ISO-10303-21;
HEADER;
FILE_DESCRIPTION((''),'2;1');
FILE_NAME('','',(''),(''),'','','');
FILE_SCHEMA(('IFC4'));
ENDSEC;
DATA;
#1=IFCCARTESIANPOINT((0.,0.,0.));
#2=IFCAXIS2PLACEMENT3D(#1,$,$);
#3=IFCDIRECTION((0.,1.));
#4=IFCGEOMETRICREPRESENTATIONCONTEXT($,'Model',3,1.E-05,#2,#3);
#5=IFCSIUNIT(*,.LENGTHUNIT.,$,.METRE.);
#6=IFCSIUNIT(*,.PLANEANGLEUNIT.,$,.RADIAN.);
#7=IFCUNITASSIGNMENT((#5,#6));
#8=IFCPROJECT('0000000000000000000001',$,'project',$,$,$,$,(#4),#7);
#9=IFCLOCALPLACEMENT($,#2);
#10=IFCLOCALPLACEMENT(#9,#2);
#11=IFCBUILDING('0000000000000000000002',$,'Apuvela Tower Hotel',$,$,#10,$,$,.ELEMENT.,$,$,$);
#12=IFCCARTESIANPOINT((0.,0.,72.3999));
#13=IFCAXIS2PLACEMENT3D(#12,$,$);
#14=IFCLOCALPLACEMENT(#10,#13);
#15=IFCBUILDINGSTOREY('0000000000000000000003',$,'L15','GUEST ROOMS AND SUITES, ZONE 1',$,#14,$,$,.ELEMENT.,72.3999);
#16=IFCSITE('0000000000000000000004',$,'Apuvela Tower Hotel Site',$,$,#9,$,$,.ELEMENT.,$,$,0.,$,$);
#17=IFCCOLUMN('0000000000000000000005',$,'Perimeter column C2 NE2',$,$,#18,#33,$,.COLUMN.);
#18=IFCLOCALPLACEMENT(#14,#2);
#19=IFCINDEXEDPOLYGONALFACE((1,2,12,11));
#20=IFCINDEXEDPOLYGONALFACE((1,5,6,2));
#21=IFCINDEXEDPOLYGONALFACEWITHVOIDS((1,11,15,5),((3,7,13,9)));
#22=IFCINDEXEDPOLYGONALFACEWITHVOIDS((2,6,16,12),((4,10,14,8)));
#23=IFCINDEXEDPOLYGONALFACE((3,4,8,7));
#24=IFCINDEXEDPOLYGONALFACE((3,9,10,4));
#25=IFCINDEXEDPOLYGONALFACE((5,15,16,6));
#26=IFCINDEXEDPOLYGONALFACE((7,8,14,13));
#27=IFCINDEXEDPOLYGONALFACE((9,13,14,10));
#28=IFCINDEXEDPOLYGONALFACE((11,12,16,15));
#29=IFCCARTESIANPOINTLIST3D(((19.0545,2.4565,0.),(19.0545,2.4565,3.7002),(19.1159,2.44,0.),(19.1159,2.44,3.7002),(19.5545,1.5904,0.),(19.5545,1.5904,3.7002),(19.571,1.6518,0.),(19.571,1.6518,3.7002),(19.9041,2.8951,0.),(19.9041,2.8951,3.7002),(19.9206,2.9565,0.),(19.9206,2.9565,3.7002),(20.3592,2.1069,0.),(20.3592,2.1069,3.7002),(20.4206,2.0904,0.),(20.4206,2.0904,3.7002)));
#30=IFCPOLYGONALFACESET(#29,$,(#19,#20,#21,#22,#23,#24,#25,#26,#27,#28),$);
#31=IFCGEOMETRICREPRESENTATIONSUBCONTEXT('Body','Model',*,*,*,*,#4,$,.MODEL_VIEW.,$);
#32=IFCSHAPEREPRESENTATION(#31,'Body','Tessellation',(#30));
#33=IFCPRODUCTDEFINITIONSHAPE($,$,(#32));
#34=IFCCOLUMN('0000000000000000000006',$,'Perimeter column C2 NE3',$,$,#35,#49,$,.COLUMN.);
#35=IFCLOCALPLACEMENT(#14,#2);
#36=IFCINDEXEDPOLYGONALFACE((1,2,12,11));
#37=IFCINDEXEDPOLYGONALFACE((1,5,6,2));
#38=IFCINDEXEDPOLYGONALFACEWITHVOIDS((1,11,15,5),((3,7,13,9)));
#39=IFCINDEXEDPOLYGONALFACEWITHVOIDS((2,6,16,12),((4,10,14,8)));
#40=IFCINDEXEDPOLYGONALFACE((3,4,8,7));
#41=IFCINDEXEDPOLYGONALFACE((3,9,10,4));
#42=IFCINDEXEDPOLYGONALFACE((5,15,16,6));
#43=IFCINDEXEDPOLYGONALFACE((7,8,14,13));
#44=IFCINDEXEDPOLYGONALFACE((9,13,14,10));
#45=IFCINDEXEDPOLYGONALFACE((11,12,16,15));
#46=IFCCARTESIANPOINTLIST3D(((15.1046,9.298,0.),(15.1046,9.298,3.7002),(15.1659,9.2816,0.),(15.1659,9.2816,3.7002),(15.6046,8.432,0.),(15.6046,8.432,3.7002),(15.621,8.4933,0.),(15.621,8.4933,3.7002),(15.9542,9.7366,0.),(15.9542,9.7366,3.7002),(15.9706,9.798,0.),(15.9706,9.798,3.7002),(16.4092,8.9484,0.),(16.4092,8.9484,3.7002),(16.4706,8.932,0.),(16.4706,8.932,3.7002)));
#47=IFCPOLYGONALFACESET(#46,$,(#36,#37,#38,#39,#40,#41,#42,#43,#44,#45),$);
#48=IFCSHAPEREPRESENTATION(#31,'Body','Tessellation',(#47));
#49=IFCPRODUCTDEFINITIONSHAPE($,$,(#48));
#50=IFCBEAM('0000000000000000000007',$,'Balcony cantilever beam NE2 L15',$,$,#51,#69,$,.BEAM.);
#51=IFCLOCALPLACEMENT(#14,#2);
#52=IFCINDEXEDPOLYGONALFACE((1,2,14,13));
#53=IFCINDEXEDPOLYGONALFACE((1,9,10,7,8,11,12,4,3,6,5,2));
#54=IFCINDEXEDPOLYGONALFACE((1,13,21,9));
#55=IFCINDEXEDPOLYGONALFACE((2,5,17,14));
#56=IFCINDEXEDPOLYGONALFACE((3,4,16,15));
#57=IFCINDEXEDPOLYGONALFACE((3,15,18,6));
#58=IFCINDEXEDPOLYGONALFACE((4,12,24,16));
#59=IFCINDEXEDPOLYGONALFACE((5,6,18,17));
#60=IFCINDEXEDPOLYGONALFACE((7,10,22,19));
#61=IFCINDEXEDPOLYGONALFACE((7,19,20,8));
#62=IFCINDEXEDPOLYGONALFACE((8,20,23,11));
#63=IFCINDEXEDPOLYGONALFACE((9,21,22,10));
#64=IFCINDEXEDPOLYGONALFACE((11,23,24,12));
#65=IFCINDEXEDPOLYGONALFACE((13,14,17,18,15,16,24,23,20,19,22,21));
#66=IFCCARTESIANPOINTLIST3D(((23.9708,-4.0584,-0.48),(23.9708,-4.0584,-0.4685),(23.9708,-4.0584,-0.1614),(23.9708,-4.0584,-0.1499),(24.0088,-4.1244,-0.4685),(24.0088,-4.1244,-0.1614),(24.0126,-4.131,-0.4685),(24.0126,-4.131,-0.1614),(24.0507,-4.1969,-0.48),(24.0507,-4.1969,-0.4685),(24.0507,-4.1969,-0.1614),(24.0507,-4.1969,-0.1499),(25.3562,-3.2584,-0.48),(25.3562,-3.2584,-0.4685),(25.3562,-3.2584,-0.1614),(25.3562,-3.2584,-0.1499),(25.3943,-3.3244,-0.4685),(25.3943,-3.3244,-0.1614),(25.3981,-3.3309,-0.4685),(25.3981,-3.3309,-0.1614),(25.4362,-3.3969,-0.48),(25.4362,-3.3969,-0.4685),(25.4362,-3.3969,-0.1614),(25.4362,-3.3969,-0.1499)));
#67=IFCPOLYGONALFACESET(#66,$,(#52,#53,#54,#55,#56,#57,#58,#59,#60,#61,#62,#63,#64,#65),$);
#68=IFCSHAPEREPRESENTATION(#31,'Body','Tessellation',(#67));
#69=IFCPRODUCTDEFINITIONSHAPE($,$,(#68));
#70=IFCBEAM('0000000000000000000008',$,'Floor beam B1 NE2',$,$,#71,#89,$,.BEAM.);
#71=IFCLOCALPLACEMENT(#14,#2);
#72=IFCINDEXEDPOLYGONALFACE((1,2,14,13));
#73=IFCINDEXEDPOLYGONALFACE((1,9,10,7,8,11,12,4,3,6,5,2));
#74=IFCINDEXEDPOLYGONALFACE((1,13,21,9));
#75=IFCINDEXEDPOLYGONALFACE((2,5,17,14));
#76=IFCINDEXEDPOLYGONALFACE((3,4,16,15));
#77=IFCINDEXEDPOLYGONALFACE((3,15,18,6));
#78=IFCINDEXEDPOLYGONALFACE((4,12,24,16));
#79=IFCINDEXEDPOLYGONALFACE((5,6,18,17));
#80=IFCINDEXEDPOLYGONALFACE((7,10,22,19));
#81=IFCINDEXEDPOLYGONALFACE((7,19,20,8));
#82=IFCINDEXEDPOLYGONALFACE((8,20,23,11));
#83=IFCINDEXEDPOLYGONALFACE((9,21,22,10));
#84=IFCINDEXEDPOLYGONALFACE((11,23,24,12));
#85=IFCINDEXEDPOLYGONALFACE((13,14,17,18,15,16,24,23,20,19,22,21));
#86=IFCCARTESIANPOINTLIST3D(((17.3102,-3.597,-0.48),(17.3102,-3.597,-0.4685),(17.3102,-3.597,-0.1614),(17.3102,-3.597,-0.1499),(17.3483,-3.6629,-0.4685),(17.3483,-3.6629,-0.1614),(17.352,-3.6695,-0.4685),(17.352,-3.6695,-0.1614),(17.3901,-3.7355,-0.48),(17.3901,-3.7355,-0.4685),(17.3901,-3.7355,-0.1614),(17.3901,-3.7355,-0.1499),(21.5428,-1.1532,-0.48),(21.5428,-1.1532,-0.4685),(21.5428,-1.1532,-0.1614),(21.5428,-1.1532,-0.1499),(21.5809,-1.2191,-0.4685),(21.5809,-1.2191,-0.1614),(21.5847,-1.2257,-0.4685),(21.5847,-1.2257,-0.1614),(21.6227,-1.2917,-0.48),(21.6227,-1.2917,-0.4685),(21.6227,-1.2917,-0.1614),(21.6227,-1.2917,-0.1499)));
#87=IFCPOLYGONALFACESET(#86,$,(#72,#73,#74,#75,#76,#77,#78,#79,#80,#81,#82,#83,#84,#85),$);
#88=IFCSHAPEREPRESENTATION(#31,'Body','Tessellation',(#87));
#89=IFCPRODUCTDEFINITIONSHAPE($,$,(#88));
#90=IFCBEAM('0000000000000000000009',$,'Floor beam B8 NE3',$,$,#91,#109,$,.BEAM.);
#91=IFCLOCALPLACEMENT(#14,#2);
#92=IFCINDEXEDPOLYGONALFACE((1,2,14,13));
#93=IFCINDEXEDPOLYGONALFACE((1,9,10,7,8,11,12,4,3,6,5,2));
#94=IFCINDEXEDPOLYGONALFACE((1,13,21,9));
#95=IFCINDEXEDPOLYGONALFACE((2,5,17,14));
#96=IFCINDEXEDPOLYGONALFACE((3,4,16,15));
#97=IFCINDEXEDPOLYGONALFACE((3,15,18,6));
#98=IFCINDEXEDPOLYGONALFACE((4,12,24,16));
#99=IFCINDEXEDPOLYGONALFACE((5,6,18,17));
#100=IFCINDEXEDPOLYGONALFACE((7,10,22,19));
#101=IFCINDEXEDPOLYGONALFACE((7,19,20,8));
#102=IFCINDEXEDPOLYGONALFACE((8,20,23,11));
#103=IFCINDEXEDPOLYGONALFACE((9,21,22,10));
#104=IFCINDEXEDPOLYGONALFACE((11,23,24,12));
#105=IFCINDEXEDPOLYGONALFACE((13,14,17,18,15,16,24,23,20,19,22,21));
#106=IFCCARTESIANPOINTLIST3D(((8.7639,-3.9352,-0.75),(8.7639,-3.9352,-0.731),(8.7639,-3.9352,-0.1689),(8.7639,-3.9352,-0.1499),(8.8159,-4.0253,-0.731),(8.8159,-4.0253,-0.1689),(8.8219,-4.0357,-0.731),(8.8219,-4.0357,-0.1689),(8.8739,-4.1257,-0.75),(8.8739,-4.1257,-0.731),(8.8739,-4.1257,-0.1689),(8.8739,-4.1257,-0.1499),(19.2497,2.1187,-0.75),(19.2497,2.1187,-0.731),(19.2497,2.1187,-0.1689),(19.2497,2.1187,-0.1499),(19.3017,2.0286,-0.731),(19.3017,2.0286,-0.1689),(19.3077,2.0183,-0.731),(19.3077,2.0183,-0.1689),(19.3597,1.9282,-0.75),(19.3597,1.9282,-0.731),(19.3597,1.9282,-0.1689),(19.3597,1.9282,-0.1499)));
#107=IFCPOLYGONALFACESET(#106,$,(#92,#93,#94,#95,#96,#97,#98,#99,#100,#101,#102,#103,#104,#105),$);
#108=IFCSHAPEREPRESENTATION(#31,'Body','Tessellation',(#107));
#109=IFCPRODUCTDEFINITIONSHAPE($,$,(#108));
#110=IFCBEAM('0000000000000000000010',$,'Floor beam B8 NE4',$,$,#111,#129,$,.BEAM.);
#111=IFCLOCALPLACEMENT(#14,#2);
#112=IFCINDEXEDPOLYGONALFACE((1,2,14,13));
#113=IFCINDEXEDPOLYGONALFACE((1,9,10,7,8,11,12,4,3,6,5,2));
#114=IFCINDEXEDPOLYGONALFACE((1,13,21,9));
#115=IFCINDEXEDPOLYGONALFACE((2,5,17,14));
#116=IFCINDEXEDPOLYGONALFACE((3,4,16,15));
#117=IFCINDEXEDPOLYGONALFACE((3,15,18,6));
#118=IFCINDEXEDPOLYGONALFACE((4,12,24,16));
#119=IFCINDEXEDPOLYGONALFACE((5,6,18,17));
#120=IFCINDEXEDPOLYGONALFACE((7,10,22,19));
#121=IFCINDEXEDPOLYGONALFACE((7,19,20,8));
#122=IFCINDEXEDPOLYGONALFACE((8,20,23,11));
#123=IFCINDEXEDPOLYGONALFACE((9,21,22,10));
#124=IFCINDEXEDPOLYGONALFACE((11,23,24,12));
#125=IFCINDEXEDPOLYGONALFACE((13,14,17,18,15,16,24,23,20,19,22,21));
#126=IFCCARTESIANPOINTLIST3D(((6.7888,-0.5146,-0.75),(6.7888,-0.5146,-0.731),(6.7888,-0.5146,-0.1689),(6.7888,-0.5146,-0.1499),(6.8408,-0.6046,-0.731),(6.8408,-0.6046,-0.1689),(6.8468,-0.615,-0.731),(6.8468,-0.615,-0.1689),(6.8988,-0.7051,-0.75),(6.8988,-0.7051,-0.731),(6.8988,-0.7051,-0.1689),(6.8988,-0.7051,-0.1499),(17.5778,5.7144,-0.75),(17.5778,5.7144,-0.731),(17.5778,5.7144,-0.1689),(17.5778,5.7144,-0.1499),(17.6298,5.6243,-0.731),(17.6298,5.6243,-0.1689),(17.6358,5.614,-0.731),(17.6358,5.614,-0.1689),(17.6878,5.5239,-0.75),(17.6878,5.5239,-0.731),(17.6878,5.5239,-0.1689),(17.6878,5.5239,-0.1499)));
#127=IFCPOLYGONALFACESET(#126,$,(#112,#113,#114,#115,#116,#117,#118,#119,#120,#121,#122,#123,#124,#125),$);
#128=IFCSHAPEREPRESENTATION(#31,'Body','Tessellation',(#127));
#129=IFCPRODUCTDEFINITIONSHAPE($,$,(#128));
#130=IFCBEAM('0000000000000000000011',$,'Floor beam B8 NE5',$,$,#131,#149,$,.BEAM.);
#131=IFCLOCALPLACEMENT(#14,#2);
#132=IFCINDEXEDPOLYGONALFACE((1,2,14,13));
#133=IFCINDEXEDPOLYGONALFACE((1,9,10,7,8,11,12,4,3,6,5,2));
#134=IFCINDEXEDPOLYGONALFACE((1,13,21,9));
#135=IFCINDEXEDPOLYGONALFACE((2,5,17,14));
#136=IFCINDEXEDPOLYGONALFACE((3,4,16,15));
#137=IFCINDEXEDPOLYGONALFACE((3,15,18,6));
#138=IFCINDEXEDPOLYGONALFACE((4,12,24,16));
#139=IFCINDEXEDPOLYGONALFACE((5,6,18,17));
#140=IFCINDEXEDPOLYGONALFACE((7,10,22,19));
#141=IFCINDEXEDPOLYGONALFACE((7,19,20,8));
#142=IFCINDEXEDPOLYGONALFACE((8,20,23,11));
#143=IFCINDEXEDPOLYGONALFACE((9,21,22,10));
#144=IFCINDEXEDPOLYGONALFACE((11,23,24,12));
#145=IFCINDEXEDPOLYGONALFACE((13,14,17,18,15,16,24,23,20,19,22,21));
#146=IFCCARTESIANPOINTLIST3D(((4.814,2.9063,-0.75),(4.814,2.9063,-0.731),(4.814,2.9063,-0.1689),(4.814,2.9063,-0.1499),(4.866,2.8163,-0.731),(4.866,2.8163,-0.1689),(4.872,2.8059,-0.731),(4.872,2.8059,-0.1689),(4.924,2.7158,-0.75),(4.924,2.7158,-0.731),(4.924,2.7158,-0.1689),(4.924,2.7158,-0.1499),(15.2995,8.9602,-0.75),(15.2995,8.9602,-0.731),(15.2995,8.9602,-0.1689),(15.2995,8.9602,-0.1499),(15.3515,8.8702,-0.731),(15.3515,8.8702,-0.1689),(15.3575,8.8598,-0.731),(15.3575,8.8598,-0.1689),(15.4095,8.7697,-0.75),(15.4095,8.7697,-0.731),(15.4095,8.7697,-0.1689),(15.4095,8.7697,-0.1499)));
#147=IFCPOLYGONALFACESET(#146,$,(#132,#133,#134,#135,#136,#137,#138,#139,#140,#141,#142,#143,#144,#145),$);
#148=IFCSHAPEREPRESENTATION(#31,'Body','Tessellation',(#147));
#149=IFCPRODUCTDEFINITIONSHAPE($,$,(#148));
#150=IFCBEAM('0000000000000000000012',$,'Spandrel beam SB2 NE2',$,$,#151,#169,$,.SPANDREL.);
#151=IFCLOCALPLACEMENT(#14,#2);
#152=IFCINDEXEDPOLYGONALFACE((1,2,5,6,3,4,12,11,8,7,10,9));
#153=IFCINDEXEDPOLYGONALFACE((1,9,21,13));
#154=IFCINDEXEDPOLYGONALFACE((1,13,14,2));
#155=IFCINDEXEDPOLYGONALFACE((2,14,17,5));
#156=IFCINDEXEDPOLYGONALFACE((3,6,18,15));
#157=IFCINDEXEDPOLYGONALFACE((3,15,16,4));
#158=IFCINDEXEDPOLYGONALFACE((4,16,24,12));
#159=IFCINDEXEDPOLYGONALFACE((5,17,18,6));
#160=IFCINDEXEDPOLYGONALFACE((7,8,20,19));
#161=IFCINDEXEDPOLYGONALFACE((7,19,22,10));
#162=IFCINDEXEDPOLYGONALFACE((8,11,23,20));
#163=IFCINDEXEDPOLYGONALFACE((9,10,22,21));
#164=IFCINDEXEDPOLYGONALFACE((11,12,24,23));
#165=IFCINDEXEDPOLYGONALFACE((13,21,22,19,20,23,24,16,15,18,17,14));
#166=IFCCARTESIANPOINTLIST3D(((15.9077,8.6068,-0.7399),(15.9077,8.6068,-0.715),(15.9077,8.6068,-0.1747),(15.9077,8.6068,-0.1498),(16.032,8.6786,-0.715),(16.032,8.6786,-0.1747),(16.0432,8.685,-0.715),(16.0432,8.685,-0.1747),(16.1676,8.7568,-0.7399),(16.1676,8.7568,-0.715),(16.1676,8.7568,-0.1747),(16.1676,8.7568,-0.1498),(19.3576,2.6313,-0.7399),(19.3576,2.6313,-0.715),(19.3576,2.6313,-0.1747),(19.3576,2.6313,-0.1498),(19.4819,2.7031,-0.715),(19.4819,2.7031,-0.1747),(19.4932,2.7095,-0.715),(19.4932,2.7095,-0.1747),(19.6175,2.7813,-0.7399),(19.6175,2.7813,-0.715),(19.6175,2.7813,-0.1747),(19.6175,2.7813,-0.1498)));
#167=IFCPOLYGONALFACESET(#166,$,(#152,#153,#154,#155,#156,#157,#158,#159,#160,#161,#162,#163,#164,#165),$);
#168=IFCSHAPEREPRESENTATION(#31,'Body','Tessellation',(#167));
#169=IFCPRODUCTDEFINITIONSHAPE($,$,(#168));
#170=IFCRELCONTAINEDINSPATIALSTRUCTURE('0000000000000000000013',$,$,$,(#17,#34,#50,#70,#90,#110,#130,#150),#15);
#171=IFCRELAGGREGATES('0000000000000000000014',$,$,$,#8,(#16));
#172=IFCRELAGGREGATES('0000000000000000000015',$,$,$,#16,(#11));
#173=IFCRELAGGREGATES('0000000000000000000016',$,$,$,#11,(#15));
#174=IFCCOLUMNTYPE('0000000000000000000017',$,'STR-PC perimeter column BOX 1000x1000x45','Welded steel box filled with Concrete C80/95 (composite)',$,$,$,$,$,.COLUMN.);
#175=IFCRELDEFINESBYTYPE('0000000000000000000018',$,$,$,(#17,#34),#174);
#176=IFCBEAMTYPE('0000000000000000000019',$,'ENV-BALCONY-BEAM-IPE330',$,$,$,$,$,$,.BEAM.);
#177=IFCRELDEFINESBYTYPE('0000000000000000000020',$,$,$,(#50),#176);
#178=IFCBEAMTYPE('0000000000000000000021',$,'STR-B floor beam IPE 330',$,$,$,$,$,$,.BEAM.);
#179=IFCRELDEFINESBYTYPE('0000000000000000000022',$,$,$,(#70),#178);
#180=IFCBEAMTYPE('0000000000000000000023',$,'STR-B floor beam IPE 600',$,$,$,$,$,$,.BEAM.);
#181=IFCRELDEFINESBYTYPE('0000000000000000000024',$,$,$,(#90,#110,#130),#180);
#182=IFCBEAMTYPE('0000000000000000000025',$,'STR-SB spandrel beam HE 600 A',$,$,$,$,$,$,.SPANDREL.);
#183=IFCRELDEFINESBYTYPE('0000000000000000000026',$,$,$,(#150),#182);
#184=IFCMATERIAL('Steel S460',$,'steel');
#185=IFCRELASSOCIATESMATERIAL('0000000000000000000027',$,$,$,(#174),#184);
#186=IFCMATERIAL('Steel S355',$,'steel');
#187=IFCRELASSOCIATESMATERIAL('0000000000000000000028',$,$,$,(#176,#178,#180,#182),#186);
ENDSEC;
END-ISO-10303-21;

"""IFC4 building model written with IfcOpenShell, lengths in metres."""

from ifc_helpers import new_model, si_unit, direction, frame, origin, origin_2d, place, context, subcontext, project, spatial, rectangle, hollow_rectangle, i_section, extrude, material, material_profile, profile_set, type_object, element, save


model = new_model("IFC4")

# Units and contexts
model_context = context("Model", 3, precision=1e-05, world=origin(), true_north=direction((0.0, 1.0)))
body_context = subcontext(model_context, "Body", "Model", "MODEL_VIEW")
ifc_project = project(units=[si_unit("LENGTHUNIT", "METRE"), si_unit("PLANEANGLEUNIT", "RADIAN")], contexts=[model_context])

# Site, building, storey
site_placement = place(None, origin())
site = spatial("IfcSite", under=ifc_project, at=site_placement, Name="Apuvela Tower Hotel Site", CompositionType="ELEMENT", RefElevation=0.0)
building_placement = place(site_placement, origin())
building = spatial("IfcBuilding", under=site, at=building_placement, Name="Apuvela Tower Hotel", CompositionType="ELEMENT")
storey_placement = place(building_placement, frame((0.0, 0.0, 72.3999)))
storey = spatial("IfcBuildingStorey", under=building, at=storey_placement, Name="L15", Description="GUEST ROOMS AND SUITES, ZONE 1", CompositionType="ELEMENT", Elevation=72.3999)

# Columns
ifc_material_1 = material(Name="Steel S460", Category="steel")
ifc_material_profile_1 = material_profile(ifc_material_1, hollow_rectangle(XDim=1.0, YDim=1.0, WallThickness=0.0449, at=origin_2d()), Name="BOX 1000x1000x45")
ifc_material_2 = material(Name="Concrete C80/95", Category="concrete")
ifc_material_profile_2 = material_profile(ifc_material_2, rectangle(XDim=0.9099, YDim=0.9099, at=origin_2d()), Name="Concrete C80/95 infill")
ifc_profile_set_1 = profile_set([ifc_material_profile_1, ifc_material_profile_2], Name="Steel S460")
column_type = type_object("IfcColumnType", Name="STR-PC perimeter column BOX 1000x1000x45", Description="Welded steel box filled with Concrete C80/95 (composite)", PredefinedType="COLUMN", material=ifc_profile_set_1)
for number, where, z_axis, x_axis, name in (
    (1, (19.7375, 2.2734, 0.0), (0.0, 0.0, 1.0), (-0.5, 0.866025, 0.0), "Perimeter column C2 NE2"),
    (2, (15.7876, 9.115, 0.0), (0.0, 0.0, 1.0), (-0.5, 0.866025, 0.0), "Perimeter column C2 NE3"),
):
    element("IfcColumn", number, at=place(storey_placement, frame(where, z_axis=z_axis, x_axis=x_axis)), inside=storey, type_object=column_type, Name=name, PredefinedType="COLUMN", context=body_context, shape_type="SweptSolid", body=[
        extrude(hollow_rectangle(XDim=1.0, YDim=1.0, WallThickness=0.0449, at=origin_2d()), origin(), (0.0, 0.0, 1.0), 3.7002),
    ])

# Beams
ifc_material_3 = material(Name="Steel S355", Category="steel")
ifc_material_profile_3 = material_profile(ifc_material_3, i_section(OverallWidth=0.1599, OverallDepth=0.3301, WebThickness=0.0076, FlangeThickness=0.0115, at=origin_2d()), Name="IPE 330")
ifc_profile_set_2 = profile_set([ifc_material_profile_3], Name="Steel S355")
beam_type_1 = type_object("IfcBeamType", Name="ENV-BALCONY-BEAM-IPE330", PredefinedType="BEAM", material=ifc_profile_set_2)
beam_1_placement = place(storey_placement, frame((24.0107, -4.1277, -0.3149), z_axis=(0.86599, 0.500061, 0.0), x_axis=(-0.500061, 0.86599, 0.0)))
element("IfcBeam", 3, at=beam_1_placement, inside=storey, type_object=beam_type_1, Name="Balcony cantilever beam NE2 L15", PredefinedType="BEAM", context=body_context, shape_type="SweptSolid", body=[
    extrude(i_section(OverallWidth=0.1599, OverallDepth=0.3301, WebThickness=0.0076, FlangeThickness=0.0115, at=origin_2d()), origin(), (0.0, 0.0, 1.0), 1.5999),
])
ifc_material_profile_4 = material_profile(ifc_material_3, i_section(OverallWidth=0.1599, OverallDepth=0.3301, WebThickness=0.0076, FlangeThickness=0.0115, at=origin_2d()), Name="IPE 330")
ifc_profile_set_3 = profile_set([ifc_material_profile_4], Name="Steel S355")
beam_type_2 = type_object("IfcBeamType", Name="STR-B floor beam IPE 330", PredefinedType="BEAM", material=ifc_profile_set_3)
beam_2_placement = place(storey_placement, frame((21.5828, -1.2224, -0.3149), z_axis=(-0.866015, -0.500018, 0.0), x_axis=(0.500018, -0.866015, 0.0)))
element("IfcBeam", 4, at=beam_2_placement, inside=storey, type_object=beam_type_2, Name="Floor beam B1 NE2", PredefinedType="BEAM", context=body_context, shape_type="SweptSolid", body=[
    extrude(i_section(OverallWidth=0.1599, OverallDepth=0.3301, WebThickness=0.0076, FlangeThickness=0.0115, at=origin_2d()), origin(), (0.0, 0.0, 1.0), 4.8875),
])
ifc_material_profile_5 = material_profile(ifc_material_3, i_section(OverallWidth=0.22, OverallDepth=0.6001, WebThickness=0.012, FlangeThickness=0.019, at=origin_2d()), Name="IPE 600")
ifc_profile_set_4 = profile_set([ifc_material_profile_5], Name="Steel S355")
beam_type_3 = type_object("IfcBeamType", Name="STR-B floor beam IPE 600", PredefinedType="BEAM", material=ifc_profile_set_4)
beam_3_placement = place(storey_placement, frame((19.3047, 2.0234, -0.45), z_axis=(-0.866027, -0.499997, 0.0), x_axis=(0.499997, -0.866027, 0.0)))
element("IfcBeam", 5, at=beam_3_placement, inside=storey, type_object=beam_type_3, Name="Floor beam B8 NE3", PredefinedType="BEAM", context=body_context, shape_type="SweptSolid", body=[
    extrude(i_section(OverallWidth=0.22, OverallDepth=0.6001, WebThickness=0.012, FlangeThickness=0.019, at=origin_2d()), origin(), (0.0, 0.0, 1.0), 12.1079),
])
beam_4_placement = place(storey_placement, frame((17.6328, 5.6191, -0.45), z_axis=(-0.866028, -0.499996, 0.0), x_axis=(0.499996, -0.866028, 0.0)))
element("IfcBeam", 6, at=beam_4_placement, inside=storey, type_object=beam_type_3, Name="Floor beam B8 NE4", PredefinedType="BEAM", context=body_context, shape_type="SweptSolid", body=[
    extrude(i_section(OverallWidth=0.22, OverallDepth=0.6001, WebThickness=0.012, FlangeThickness=0.019, at=origin_2d()), origin(), (0.0, 0.0, 1.0), 12.458),
])
beam_5_placement = place(storey_placement, frame((15.3545, 8.865, -0.45), z_axis=(-0.866022, -0.500006, 0.0), x_axis=(0.500006, -0.866022, 0.0)))
element("IfcBeam", 7, at=beam_5_placement, inside=storey, type_object=beam_type_3, Name="Floor beam B8 NE5", PredefinedType="BEAM", context=body_context, shape_type="SweptSolid", body=[
    extrude(i_section(OverallWidth=0.22, OverallDepth=0.6001, WebThickness=0.012, FlangeThickness=0.019, at=origin_2d()), origin(), (0.0, 0.0, 1.0), 12.1077),
])
ifc_material_profile_6 = material_profile(ifc_material_3, i_section(OverallWidth=0.3, OverallDepth=0.5901, WebThickness=0.0129, FlangeThickness=0.0249, at=origin_2d()), Name="HE 600 A")
ifc_profile_set_5 = profile_set([ifc_material_profile_6], Name="Steel S355")
beam_type_4 = type_object("IfcBeamType", Name="STR-SB spandrel beam HE 600 A", PredefinedType="SPANDREL", material=ifc_profile_set_5)
for number, where, z_axis, x_axis, name in (
    (8, (19.4875, 2.7063, -0.4448), (-0.499994, 0.866029, 0.0), (-0.866029, -0.499994, 0.0), "Spandrel beam SB2 NE2"),
):
    element("IfcBeam", number, at=place(storey_placement, frame(where, z_axis=z_axis, x_axis=x_axis)), inside=storey, type_object=beam_type_4, Name=name, PredefinedType="SPANDREL", context=body_context, shape_type="SweptSolid", body=[
        extrude(i_section(OverallWidth=0.3, OverallDepth=0.5901, WebThickness=0.0129, FlangeThickness=0.0249, at=origin_2d()), origin(), (0.0, 0.0, 1.0), 6.8999),
    ])

save(model, "model.ifc")
